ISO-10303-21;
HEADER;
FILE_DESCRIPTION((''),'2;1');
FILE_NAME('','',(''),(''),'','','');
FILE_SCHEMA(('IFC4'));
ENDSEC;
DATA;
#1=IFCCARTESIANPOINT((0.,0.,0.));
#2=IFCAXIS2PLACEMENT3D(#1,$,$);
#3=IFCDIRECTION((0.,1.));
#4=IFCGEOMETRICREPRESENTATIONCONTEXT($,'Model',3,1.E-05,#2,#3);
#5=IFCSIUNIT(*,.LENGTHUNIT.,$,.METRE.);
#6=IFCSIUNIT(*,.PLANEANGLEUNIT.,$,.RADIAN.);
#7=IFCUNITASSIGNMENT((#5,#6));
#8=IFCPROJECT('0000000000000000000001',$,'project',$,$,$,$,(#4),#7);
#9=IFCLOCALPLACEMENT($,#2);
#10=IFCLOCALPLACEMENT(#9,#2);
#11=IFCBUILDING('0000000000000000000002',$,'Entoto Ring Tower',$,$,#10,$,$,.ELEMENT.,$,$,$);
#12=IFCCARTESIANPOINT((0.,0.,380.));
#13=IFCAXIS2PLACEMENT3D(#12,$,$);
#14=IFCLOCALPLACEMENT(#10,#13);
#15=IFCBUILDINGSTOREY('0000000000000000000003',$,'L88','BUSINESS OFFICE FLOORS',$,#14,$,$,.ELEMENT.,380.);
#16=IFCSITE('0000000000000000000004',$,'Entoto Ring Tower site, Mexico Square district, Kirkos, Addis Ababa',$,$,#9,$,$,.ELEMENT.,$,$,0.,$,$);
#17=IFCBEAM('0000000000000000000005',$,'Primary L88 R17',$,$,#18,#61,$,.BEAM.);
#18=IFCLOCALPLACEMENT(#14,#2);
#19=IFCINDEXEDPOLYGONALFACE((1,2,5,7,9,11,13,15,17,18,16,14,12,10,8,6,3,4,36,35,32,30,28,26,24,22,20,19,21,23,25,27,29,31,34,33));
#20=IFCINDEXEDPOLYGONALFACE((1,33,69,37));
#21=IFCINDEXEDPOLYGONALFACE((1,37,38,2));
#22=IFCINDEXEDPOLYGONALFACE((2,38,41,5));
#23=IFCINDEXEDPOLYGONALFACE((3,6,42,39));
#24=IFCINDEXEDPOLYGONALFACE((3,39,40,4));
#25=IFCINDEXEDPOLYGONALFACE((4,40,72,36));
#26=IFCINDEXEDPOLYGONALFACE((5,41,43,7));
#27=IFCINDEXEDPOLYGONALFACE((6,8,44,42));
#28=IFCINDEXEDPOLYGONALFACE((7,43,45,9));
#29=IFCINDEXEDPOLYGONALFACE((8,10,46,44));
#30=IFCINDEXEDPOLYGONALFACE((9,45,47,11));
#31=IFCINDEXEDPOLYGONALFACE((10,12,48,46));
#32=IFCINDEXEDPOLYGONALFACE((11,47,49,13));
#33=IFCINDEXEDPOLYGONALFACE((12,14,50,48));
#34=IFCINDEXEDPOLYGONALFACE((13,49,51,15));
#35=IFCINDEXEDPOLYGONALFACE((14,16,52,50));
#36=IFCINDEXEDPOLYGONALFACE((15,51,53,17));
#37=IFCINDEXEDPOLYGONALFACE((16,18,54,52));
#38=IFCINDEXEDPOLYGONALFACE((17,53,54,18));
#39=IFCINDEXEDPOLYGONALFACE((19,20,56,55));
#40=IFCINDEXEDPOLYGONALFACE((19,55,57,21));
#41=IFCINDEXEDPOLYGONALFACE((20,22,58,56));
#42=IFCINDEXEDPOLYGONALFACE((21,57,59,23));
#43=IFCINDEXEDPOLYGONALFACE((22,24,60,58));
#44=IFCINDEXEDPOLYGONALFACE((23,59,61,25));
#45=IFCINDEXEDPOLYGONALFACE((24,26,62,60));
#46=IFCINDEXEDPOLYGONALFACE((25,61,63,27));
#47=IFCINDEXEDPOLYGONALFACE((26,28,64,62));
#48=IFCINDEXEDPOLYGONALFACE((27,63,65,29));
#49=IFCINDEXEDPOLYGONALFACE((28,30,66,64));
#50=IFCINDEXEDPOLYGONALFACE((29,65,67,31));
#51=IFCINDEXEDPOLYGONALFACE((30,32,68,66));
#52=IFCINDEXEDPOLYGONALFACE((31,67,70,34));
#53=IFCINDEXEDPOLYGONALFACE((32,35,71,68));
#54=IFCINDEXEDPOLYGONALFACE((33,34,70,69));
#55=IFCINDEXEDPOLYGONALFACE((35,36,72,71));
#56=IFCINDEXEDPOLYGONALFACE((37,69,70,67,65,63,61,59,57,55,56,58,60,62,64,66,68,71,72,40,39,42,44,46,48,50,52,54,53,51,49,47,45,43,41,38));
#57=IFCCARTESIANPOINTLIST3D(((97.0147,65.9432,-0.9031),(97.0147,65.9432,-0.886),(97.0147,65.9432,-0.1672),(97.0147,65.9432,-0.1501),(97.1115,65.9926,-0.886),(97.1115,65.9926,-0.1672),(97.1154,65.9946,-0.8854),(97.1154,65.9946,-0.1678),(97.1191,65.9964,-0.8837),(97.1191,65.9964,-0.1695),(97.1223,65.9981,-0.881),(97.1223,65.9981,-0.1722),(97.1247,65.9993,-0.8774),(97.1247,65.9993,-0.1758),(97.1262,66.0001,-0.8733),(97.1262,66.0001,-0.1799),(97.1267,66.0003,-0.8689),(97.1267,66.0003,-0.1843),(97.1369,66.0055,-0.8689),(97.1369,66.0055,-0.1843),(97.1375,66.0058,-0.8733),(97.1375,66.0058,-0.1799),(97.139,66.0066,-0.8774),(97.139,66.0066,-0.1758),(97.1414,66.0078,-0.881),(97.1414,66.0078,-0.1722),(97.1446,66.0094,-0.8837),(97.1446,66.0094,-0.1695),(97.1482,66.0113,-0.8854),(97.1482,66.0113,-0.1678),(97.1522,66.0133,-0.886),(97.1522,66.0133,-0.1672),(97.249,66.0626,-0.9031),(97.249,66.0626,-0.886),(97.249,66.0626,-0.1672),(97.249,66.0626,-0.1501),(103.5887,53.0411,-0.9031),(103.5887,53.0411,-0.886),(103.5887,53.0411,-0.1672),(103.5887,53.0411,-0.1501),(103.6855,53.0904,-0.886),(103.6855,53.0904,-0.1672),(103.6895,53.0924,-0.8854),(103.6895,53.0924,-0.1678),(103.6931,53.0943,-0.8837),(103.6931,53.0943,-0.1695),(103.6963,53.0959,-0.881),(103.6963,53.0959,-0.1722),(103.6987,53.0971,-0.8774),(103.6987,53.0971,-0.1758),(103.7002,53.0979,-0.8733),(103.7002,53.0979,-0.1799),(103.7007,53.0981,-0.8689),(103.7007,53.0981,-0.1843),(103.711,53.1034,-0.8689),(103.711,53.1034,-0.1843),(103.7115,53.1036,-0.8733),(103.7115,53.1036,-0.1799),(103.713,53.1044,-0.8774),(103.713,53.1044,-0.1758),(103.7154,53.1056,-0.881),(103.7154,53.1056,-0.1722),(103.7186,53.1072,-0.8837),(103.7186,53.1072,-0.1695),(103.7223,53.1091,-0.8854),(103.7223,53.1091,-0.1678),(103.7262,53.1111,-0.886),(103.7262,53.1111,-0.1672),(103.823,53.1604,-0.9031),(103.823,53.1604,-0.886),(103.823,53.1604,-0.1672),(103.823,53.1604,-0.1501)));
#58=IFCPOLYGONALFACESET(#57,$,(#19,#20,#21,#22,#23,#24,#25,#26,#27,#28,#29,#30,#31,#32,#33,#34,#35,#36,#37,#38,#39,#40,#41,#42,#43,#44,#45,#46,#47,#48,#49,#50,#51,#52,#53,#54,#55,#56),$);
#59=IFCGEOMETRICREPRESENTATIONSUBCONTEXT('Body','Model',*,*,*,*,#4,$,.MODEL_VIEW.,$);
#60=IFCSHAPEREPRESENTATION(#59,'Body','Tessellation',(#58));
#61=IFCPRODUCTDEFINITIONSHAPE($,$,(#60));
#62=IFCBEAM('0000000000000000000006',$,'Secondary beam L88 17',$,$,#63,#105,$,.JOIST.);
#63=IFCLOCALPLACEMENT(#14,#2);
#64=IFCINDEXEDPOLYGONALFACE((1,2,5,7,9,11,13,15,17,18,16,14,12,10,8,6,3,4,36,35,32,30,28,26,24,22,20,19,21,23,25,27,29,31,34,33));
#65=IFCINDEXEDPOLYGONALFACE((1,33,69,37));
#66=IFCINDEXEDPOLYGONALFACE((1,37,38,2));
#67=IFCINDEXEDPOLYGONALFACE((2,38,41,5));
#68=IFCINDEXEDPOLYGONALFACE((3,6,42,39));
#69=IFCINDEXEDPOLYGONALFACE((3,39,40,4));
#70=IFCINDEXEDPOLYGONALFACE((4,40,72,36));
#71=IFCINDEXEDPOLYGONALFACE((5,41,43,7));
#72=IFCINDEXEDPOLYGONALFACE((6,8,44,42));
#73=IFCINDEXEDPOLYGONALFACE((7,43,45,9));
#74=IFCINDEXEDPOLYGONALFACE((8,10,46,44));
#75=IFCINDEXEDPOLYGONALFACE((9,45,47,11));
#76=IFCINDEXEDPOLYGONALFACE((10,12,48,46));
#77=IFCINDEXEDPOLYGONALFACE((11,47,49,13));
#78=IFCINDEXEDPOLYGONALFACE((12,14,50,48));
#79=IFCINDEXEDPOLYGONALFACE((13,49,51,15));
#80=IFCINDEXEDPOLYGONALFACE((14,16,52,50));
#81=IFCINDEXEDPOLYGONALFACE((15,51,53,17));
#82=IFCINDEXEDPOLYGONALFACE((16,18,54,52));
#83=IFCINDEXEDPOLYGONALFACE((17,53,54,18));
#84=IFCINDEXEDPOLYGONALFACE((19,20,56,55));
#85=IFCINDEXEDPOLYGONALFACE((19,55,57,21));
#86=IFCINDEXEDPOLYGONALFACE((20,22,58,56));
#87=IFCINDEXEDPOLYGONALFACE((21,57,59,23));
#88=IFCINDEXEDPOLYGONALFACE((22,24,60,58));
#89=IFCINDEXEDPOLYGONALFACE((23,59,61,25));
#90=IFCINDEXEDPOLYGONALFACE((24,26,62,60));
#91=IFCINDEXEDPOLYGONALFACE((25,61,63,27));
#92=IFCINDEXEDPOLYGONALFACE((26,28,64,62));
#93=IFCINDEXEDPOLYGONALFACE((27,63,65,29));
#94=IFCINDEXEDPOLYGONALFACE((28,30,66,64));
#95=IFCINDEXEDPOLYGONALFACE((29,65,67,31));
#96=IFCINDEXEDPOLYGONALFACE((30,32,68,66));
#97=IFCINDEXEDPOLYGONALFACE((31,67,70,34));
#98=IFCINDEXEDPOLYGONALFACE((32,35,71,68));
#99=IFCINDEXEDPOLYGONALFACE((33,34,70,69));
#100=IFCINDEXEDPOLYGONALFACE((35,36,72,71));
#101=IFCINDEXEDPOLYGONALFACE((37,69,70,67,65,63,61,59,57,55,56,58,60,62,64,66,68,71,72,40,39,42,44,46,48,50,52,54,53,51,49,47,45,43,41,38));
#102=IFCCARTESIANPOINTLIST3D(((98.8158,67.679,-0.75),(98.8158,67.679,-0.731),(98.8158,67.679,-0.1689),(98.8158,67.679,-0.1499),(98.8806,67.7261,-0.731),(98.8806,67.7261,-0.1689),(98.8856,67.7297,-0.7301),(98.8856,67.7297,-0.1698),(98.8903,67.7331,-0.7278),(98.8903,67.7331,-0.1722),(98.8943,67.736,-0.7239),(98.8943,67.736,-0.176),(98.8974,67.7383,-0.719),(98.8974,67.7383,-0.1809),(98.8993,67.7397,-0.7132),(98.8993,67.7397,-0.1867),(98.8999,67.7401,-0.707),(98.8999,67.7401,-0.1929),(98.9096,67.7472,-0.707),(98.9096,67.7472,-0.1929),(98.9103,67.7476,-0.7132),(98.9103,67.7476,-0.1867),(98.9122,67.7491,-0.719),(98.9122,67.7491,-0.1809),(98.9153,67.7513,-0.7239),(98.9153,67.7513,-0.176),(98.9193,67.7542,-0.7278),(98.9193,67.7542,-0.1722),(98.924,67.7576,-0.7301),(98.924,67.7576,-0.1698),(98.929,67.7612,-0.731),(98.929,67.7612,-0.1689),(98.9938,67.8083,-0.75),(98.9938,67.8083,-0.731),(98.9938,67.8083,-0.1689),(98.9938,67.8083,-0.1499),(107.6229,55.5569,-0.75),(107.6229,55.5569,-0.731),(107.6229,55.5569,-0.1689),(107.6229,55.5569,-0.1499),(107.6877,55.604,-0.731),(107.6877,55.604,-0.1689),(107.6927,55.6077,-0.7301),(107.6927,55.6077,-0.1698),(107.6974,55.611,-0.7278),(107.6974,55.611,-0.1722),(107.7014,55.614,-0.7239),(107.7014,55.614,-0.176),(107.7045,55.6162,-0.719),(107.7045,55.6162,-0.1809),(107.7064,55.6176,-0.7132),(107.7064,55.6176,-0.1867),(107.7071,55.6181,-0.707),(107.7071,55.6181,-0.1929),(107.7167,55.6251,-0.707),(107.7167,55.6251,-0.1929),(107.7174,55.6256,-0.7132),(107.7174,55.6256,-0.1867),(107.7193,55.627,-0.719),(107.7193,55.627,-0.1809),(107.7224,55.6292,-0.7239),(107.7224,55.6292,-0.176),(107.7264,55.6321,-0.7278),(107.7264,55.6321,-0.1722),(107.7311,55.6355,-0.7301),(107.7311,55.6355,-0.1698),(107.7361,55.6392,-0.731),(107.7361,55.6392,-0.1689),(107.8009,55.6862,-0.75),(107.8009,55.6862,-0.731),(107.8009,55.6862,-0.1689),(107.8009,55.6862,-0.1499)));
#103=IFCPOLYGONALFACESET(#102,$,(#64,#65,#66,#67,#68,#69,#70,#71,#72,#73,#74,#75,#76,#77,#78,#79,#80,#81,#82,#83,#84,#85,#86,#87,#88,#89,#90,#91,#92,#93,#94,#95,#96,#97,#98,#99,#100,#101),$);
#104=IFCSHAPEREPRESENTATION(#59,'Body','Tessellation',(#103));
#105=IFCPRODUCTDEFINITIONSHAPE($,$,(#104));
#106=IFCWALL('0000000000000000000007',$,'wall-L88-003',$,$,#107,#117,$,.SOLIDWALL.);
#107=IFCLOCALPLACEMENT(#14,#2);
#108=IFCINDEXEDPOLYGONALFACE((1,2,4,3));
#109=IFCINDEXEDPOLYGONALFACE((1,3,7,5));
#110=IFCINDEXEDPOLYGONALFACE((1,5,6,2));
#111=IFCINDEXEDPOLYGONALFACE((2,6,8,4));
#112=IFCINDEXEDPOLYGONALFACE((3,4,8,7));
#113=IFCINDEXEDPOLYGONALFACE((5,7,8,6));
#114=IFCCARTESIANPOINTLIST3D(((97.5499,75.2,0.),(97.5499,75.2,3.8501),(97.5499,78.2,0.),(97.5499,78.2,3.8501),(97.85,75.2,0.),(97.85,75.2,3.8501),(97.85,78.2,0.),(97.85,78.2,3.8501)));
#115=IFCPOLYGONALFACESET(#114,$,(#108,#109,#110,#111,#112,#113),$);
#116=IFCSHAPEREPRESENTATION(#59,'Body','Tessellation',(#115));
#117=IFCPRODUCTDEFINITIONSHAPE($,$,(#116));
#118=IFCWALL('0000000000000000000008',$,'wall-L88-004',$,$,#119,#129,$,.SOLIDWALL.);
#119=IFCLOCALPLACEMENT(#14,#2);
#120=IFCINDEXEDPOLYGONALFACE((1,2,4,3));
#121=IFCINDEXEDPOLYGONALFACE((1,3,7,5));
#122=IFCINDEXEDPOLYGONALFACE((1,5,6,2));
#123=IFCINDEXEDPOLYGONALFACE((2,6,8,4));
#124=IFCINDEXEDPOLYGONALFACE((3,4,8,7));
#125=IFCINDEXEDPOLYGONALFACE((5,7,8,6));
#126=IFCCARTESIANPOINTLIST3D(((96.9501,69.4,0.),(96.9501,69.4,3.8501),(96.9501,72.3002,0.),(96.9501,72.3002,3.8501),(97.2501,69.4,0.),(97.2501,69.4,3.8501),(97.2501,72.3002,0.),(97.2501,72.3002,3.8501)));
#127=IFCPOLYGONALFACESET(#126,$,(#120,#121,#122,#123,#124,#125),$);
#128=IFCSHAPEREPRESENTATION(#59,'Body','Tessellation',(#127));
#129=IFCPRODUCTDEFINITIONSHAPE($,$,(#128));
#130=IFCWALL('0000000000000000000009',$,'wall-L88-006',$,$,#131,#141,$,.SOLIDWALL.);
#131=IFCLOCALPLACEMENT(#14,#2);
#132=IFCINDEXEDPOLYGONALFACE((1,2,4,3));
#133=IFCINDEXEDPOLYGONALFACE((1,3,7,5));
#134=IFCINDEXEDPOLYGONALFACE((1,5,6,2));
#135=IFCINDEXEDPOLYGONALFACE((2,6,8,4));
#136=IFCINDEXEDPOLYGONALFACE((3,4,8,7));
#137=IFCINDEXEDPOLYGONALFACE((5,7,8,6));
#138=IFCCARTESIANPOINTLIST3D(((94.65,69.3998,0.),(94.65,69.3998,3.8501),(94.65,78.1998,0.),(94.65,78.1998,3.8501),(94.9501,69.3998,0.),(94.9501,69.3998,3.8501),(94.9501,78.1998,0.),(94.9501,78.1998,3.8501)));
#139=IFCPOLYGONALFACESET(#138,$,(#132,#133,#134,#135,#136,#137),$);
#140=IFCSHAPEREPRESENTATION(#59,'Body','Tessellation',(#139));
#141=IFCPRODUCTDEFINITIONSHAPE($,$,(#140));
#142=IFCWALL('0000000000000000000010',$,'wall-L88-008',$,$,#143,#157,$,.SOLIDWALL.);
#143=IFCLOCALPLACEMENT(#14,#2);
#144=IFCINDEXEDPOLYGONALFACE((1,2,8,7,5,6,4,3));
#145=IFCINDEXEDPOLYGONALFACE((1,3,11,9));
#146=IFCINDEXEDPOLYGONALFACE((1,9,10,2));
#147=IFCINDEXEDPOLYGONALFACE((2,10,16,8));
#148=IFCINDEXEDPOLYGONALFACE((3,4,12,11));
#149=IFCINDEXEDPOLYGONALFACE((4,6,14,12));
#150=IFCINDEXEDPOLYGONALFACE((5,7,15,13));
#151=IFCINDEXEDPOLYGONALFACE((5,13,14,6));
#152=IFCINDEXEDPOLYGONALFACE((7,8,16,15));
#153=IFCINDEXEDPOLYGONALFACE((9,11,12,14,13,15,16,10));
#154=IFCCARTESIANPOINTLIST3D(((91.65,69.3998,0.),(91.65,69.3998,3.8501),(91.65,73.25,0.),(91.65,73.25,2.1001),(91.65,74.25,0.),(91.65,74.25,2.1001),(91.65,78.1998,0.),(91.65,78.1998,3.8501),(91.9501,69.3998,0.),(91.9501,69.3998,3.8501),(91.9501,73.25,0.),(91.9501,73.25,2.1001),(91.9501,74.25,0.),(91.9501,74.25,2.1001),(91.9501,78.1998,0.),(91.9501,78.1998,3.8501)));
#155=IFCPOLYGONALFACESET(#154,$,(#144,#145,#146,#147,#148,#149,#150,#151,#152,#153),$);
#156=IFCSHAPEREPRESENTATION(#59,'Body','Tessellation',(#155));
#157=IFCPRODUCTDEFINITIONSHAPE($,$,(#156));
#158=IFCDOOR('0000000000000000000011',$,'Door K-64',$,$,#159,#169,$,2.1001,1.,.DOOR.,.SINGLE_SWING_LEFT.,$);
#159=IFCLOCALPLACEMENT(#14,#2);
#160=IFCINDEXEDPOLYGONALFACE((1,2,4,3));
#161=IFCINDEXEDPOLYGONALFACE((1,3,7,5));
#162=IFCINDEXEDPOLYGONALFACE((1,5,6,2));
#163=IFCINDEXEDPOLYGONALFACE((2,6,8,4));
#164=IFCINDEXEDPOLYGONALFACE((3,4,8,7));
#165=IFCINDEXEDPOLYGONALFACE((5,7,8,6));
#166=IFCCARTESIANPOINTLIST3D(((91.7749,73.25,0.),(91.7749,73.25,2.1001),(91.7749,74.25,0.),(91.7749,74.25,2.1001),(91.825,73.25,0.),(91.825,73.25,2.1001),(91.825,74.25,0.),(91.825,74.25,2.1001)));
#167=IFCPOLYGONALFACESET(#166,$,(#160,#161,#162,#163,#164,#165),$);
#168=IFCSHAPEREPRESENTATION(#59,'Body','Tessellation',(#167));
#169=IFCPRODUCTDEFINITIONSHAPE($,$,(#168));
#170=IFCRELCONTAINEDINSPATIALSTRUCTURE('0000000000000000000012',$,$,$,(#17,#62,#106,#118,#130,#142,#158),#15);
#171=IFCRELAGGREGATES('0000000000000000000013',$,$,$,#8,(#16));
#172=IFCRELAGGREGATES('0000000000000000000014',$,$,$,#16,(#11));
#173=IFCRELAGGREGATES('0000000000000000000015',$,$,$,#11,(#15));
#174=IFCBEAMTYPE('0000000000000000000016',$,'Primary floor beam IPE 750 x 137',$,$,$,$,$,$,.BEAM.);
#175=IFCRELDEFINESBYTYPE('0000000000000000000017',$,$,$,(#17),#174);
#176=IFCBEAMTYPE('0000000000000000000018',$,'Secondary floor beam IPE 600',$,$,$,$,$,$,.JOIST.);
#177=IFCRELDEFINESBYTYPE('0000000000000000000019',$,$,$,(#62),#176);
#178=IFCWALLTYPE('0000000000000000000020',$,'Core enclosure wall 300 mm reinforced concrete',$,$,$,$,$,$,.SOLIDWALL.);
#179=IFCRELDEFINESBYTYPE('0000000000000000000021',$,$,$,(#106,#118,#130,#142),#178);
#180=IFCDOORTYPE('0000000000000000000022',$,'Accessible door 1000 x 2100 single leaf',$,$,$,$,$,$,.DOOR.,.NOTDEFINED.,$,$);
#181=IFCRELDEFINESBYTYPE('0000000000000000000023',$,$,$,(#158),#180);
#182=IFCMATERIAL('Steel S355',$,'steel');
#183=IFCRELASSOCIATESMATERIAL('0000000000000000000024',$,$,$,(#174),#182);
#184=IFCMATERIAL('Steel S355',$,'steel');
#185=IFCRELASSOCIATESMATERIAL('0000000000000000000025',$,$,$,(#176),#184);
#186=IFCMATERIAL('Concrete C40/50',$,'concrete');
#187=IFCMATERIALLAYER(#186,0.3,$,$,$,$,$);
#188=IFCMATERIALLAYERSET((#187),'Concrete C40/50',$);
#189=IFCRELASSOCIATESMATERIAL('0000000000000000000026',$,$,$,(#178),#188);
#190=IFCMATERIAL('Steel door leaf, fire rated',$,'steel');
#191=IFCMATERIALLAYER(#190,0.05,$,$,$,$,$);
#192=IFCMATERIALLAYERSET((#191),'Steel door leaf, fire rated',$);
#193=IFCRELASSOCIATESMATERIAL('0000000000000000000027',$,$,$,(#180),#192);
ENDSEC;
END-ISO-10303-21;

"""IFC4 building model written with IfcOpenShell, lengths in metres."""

from ifc_helpers import new_model, si_unit, direction, frame, frame_2d, origin, origin_2d, place, context, subcontext, project, spatial, rectangle, i_section, extrude, material, layer, layer_set, material_profile, profile_set, type_object, element, fill, save


model = new_model("IFC4")

# Units and contexts
model_context = context("Model", 3, precision=1e-05, world=origin(), true_north=direction((0.0, 1.0)))
body_context = subcontext(model_context, "Body", "Model", "MODEL_VIEW")
ifc_project = project(units=[si_unit("LENGTHUNIT", "METRE"), si_unit("PLANEANGLEUNIT", "RADIAN")], contexts=[model_context])

# Site, building, storey
site_placement = place(None, origin())
site = spatial("IfcSite", under=ifc_project, at=site_placement, Name="Entoto Ring Tower site, Mexico Square district, Kirkos, Addis Ababa", CompositionType="ELEMENT", RefElevation=0.0)
building_placement = place(site_placement, origin())
building = spatial("IfcBuilding", under=site, at=building_placement, Name="Entoto Ring Tower", CompositionType="ELEMENT")
storey_placement = place(building_placement, frame((0.0, 0.0, 380.0)))
storey = spatial("IfcBuildingStorey", under=building, at=storey_placement, Name="L88", Description="BUSINESS OFFICE FLOORS", CompositionType="ELEMENT", Elevation=380.0)

# Beams
ifc_material_1 = material(Name="Steel S355", Category="steel")
ifc_material_profile_1 = material_profile(ifc_material_1, i_section(OverallWidth=0.2629, OverallDepth=0.7529, WebThickness=0.0115, FlangeThickness=0.0171, FilletRadius=0.0171, at=origin_2d()), Name="IPE 750 x 137")
ifc_profile_set_1 = profile_set([ifc_material_profile_1], Name="Steel S355")
beam_type_1 = type_object("IfcBeamType", Name="Primary floor beam IPE 750 x 137", PredefinedType="BEAM", material=ifc_profile_set_1)
beam_1_placement = place(storey_placement, frame((97.1318, 66.0029, -0.5266), z_axis=(0.453992, -0.891006, 0.0), x_axis=(0.891006, 0.453992, 0.0)))
element("IfcBeam", 1, at=beam_1_placement, inside=storey, type_object=beam_type_1, Name="Primary L88 R17", PredefinedType="BEAM", context=body_context, shape_type="SweptSolid", body=[
    extrude(i_section(OverallWidth=0.2629, OverallDepth=0.7529, WebThickness=0.0115, FlangeThickness=0.0171, FilletRadius=0.0171, at=origin_2d()), origin(), (0.0, 0.0, 1.0), 14.4805),
])
ifc_material_2 = material(Name="Steel S355", Category="steel")
ifc_material_profile_2 = material_profile(ifc_material_2, i_section(OverallWidth=0.22, OverallDepth=0.6001, WebThickness=0.012, FlangeThickness=0.019, FilletRadius=0.0239, at=origin_2d()), Name="IPE 600")
ifc_profile_set_2 = profile_set([ifc_material_profile_2], Name="Steel S355")
beam_type_2 = type_object("IfcBeamType", Name="Secondary floor beam IPE 600", PredefinedType="JOIST", material=ifc_profile_set_2)
beam_2_placement = place(storey_placement, frame((98.9048, 67.7437, -0.45), z_axis=(0.587782, -0.809019, 0.0), x_axis=(0.809019, 0.587782, 0.0)))
element("IfcBeam", 2, at=beam_2_placement, inside=storey, type_object=beam_type_2, Name="Secondary beam L88 17", PredefinedType="JOIST", context=body_context, shape_type="SweptSolid", body=[
    extrude(i_section(OverallWidth=0.22, OverallDepth=0.6001, WebThickness=0.012, FlangeThickness=0.019, FilletRadius=0.0239, at=origin_2d()), origin(), (0.0, 0.0, 1.0), 14.9836),
])

# Walls
ifc_material_3 = material(Name="Concrete C40/50", Category="concrete")
ifc_layer_1 = layer(ifc_material_3, 0.3)
ifc_layer_set_1 = layer_set([ifc_layer_1], Name="Concrete C40/50")
wall_type_1 = type_object("IfcWallType", Name="Core enclosure wall 300 mm reinforced concrete", PredefinedType="SOLIDWALL", material=ifc_layer_set_1)
wall_1_placement = place(storey_placement, frame((97.7, 75.2, 0.0), z_axis=(0.0, 0.0, 1.0), x_axis=(0.0, 1.0, 0.0)))
element("IfcWall", 3, at=wall_1_placement, inside=storey, type_object=wall_type_1, Name="wall-L88-003", PredefinedType="SOLIDWALL", context=body_context, shape_type="SweptSolid", body=[
    extrude(rectangle(XDim=3.0, YDim=0.3, at=frame_2d((1.5, 0.0))), origin(), (0.0, 0.0, 1.0), 3.8501),
])
wall_2_placement = place(storey_placement, frame((97.1001, 69.3999, 0.0), z_axis=(0.0, 0.0, 1.0), x_axis=(0.0, 1.0, 0.0)))
element("IfcWall", 4, at=wall_2_placement, inside=storey, type_object=wall_type_1, Name="wall-L88-004", PredefinedType="SOLIDWALL", context=body_context, shape_type="SweptSolid", body=[
    extrude(rectangle(XDim=2.9001, YDim=0.3, at=frame_2d((1.4502, 0.0))), origin(), (0.0, 0.0, 1.0), 3.8501),
])
wall_3_placement = place(storey_placement, frame((94.8, 69.3999, 0.0), z_axis=(0.0, 0.0, 1.0), x_axis=(0.0, 1.0, 0.0)))
element("IfcWall", 5, at=wall_3_placement, inside=storey, type_object=wall_type_1, Name="wall-L88-006", PredefinedType="SOLIDWALL", context=body_context, shape_type="SweptSolid", body=[
    extrude(rectangle(XDim=8.8, YDim=0.3, at=frame_2d((4.3999, 0.0))), origin(), (0.0, 0.0, 1.0), 3.8501),
])

# Wall, opening, door
wall_4_placement = place(storey_placement, frame((91.8, 69.3999, 0.0), z_axis=(0.0, 0.0, 1.0), x_axis=(0.0, 1.0, 0.0)))
wall_4 = element("IfcWall", 6, at=wall_4_placement, inside=storey, type_object=wall_type_1, Name="wall-L88-008", PredefinedType="SOLIDWALL", context=body_context, shape_type="SweptSolid", body=[
    extrude(rectangle(XDim=8.8, YDim=0.3, at=frame_2d((4.3999, 0.0))), origin(), (0.0, 0.0, 1.0), 3.8501),
])
opening_1_placement = place(wall_4_placement, frame((3.8501, 0.0, 0.0)))
opening_1 = element("IfcOpeningElement", 7, at=opening_1_placement, cuts=wall_4, PredefinedType="OPENING", context=body_context, shape_type="SweptSolid", body=[
    extrude(rectangle(XDim=1.0, YDim=2.1001, at=frame_2d((0.5, 1.05))), frame((0.0, 0.1602, 0.0), z_axis=(0.0, -1.0, 0.0), x_axis=(1.0, 0.0, 0.0)), (0.0, 0.0, 1.0), 0.3201),
])
ifc_material_4 = material(Name="Steel door leaf, fire rated", Category="steel")
ifc_layer_2 = layer(ifc_material_4, 0.05)
ifc_layer_set_2 = layer_set([ifc_layer_2], Name="Steel door leaf, fire rated")
door_type_1 = type_object("IfcDoorType", Name="Accessible door 1000 x 2100 single leaf", OperationType="NOTDEFINED", PredefinedType="DOOR", material=ifc_layer_set_2)
door_1_placement = place(opening_1_placement, frame((1.0, 0.0, 0.0), z_axis=(0.0, 0.0, 1.0), x_axis=(-1.0, 0.0, 0.0)))
door_1 = element("IfcDoor", 8, at=door_1_placement, inside=storey, type_object=door_type_1, Name="Door K-64", OperationType="SINGLE_SWING_LEFT", OverallHeight=2.1001, OverallWidth=1.0, PredefinedType="DOOR", context=body_context, shape_type="SweptSolid", body=[
    extrude(rectangle(XDim=1.0, YDim=2.1001, at=frame_2d((0.5, 1.05))), frame((0.0, 0.0249, 0.0), z_axis=(0.0, -1.0, 0.0), x_axis=(1.0, 0.0, 0.0)), (0.0, 0.0, 1.0), 0.05),
])
fill(opening_1, door_1)

save(model, "model.ifc")
